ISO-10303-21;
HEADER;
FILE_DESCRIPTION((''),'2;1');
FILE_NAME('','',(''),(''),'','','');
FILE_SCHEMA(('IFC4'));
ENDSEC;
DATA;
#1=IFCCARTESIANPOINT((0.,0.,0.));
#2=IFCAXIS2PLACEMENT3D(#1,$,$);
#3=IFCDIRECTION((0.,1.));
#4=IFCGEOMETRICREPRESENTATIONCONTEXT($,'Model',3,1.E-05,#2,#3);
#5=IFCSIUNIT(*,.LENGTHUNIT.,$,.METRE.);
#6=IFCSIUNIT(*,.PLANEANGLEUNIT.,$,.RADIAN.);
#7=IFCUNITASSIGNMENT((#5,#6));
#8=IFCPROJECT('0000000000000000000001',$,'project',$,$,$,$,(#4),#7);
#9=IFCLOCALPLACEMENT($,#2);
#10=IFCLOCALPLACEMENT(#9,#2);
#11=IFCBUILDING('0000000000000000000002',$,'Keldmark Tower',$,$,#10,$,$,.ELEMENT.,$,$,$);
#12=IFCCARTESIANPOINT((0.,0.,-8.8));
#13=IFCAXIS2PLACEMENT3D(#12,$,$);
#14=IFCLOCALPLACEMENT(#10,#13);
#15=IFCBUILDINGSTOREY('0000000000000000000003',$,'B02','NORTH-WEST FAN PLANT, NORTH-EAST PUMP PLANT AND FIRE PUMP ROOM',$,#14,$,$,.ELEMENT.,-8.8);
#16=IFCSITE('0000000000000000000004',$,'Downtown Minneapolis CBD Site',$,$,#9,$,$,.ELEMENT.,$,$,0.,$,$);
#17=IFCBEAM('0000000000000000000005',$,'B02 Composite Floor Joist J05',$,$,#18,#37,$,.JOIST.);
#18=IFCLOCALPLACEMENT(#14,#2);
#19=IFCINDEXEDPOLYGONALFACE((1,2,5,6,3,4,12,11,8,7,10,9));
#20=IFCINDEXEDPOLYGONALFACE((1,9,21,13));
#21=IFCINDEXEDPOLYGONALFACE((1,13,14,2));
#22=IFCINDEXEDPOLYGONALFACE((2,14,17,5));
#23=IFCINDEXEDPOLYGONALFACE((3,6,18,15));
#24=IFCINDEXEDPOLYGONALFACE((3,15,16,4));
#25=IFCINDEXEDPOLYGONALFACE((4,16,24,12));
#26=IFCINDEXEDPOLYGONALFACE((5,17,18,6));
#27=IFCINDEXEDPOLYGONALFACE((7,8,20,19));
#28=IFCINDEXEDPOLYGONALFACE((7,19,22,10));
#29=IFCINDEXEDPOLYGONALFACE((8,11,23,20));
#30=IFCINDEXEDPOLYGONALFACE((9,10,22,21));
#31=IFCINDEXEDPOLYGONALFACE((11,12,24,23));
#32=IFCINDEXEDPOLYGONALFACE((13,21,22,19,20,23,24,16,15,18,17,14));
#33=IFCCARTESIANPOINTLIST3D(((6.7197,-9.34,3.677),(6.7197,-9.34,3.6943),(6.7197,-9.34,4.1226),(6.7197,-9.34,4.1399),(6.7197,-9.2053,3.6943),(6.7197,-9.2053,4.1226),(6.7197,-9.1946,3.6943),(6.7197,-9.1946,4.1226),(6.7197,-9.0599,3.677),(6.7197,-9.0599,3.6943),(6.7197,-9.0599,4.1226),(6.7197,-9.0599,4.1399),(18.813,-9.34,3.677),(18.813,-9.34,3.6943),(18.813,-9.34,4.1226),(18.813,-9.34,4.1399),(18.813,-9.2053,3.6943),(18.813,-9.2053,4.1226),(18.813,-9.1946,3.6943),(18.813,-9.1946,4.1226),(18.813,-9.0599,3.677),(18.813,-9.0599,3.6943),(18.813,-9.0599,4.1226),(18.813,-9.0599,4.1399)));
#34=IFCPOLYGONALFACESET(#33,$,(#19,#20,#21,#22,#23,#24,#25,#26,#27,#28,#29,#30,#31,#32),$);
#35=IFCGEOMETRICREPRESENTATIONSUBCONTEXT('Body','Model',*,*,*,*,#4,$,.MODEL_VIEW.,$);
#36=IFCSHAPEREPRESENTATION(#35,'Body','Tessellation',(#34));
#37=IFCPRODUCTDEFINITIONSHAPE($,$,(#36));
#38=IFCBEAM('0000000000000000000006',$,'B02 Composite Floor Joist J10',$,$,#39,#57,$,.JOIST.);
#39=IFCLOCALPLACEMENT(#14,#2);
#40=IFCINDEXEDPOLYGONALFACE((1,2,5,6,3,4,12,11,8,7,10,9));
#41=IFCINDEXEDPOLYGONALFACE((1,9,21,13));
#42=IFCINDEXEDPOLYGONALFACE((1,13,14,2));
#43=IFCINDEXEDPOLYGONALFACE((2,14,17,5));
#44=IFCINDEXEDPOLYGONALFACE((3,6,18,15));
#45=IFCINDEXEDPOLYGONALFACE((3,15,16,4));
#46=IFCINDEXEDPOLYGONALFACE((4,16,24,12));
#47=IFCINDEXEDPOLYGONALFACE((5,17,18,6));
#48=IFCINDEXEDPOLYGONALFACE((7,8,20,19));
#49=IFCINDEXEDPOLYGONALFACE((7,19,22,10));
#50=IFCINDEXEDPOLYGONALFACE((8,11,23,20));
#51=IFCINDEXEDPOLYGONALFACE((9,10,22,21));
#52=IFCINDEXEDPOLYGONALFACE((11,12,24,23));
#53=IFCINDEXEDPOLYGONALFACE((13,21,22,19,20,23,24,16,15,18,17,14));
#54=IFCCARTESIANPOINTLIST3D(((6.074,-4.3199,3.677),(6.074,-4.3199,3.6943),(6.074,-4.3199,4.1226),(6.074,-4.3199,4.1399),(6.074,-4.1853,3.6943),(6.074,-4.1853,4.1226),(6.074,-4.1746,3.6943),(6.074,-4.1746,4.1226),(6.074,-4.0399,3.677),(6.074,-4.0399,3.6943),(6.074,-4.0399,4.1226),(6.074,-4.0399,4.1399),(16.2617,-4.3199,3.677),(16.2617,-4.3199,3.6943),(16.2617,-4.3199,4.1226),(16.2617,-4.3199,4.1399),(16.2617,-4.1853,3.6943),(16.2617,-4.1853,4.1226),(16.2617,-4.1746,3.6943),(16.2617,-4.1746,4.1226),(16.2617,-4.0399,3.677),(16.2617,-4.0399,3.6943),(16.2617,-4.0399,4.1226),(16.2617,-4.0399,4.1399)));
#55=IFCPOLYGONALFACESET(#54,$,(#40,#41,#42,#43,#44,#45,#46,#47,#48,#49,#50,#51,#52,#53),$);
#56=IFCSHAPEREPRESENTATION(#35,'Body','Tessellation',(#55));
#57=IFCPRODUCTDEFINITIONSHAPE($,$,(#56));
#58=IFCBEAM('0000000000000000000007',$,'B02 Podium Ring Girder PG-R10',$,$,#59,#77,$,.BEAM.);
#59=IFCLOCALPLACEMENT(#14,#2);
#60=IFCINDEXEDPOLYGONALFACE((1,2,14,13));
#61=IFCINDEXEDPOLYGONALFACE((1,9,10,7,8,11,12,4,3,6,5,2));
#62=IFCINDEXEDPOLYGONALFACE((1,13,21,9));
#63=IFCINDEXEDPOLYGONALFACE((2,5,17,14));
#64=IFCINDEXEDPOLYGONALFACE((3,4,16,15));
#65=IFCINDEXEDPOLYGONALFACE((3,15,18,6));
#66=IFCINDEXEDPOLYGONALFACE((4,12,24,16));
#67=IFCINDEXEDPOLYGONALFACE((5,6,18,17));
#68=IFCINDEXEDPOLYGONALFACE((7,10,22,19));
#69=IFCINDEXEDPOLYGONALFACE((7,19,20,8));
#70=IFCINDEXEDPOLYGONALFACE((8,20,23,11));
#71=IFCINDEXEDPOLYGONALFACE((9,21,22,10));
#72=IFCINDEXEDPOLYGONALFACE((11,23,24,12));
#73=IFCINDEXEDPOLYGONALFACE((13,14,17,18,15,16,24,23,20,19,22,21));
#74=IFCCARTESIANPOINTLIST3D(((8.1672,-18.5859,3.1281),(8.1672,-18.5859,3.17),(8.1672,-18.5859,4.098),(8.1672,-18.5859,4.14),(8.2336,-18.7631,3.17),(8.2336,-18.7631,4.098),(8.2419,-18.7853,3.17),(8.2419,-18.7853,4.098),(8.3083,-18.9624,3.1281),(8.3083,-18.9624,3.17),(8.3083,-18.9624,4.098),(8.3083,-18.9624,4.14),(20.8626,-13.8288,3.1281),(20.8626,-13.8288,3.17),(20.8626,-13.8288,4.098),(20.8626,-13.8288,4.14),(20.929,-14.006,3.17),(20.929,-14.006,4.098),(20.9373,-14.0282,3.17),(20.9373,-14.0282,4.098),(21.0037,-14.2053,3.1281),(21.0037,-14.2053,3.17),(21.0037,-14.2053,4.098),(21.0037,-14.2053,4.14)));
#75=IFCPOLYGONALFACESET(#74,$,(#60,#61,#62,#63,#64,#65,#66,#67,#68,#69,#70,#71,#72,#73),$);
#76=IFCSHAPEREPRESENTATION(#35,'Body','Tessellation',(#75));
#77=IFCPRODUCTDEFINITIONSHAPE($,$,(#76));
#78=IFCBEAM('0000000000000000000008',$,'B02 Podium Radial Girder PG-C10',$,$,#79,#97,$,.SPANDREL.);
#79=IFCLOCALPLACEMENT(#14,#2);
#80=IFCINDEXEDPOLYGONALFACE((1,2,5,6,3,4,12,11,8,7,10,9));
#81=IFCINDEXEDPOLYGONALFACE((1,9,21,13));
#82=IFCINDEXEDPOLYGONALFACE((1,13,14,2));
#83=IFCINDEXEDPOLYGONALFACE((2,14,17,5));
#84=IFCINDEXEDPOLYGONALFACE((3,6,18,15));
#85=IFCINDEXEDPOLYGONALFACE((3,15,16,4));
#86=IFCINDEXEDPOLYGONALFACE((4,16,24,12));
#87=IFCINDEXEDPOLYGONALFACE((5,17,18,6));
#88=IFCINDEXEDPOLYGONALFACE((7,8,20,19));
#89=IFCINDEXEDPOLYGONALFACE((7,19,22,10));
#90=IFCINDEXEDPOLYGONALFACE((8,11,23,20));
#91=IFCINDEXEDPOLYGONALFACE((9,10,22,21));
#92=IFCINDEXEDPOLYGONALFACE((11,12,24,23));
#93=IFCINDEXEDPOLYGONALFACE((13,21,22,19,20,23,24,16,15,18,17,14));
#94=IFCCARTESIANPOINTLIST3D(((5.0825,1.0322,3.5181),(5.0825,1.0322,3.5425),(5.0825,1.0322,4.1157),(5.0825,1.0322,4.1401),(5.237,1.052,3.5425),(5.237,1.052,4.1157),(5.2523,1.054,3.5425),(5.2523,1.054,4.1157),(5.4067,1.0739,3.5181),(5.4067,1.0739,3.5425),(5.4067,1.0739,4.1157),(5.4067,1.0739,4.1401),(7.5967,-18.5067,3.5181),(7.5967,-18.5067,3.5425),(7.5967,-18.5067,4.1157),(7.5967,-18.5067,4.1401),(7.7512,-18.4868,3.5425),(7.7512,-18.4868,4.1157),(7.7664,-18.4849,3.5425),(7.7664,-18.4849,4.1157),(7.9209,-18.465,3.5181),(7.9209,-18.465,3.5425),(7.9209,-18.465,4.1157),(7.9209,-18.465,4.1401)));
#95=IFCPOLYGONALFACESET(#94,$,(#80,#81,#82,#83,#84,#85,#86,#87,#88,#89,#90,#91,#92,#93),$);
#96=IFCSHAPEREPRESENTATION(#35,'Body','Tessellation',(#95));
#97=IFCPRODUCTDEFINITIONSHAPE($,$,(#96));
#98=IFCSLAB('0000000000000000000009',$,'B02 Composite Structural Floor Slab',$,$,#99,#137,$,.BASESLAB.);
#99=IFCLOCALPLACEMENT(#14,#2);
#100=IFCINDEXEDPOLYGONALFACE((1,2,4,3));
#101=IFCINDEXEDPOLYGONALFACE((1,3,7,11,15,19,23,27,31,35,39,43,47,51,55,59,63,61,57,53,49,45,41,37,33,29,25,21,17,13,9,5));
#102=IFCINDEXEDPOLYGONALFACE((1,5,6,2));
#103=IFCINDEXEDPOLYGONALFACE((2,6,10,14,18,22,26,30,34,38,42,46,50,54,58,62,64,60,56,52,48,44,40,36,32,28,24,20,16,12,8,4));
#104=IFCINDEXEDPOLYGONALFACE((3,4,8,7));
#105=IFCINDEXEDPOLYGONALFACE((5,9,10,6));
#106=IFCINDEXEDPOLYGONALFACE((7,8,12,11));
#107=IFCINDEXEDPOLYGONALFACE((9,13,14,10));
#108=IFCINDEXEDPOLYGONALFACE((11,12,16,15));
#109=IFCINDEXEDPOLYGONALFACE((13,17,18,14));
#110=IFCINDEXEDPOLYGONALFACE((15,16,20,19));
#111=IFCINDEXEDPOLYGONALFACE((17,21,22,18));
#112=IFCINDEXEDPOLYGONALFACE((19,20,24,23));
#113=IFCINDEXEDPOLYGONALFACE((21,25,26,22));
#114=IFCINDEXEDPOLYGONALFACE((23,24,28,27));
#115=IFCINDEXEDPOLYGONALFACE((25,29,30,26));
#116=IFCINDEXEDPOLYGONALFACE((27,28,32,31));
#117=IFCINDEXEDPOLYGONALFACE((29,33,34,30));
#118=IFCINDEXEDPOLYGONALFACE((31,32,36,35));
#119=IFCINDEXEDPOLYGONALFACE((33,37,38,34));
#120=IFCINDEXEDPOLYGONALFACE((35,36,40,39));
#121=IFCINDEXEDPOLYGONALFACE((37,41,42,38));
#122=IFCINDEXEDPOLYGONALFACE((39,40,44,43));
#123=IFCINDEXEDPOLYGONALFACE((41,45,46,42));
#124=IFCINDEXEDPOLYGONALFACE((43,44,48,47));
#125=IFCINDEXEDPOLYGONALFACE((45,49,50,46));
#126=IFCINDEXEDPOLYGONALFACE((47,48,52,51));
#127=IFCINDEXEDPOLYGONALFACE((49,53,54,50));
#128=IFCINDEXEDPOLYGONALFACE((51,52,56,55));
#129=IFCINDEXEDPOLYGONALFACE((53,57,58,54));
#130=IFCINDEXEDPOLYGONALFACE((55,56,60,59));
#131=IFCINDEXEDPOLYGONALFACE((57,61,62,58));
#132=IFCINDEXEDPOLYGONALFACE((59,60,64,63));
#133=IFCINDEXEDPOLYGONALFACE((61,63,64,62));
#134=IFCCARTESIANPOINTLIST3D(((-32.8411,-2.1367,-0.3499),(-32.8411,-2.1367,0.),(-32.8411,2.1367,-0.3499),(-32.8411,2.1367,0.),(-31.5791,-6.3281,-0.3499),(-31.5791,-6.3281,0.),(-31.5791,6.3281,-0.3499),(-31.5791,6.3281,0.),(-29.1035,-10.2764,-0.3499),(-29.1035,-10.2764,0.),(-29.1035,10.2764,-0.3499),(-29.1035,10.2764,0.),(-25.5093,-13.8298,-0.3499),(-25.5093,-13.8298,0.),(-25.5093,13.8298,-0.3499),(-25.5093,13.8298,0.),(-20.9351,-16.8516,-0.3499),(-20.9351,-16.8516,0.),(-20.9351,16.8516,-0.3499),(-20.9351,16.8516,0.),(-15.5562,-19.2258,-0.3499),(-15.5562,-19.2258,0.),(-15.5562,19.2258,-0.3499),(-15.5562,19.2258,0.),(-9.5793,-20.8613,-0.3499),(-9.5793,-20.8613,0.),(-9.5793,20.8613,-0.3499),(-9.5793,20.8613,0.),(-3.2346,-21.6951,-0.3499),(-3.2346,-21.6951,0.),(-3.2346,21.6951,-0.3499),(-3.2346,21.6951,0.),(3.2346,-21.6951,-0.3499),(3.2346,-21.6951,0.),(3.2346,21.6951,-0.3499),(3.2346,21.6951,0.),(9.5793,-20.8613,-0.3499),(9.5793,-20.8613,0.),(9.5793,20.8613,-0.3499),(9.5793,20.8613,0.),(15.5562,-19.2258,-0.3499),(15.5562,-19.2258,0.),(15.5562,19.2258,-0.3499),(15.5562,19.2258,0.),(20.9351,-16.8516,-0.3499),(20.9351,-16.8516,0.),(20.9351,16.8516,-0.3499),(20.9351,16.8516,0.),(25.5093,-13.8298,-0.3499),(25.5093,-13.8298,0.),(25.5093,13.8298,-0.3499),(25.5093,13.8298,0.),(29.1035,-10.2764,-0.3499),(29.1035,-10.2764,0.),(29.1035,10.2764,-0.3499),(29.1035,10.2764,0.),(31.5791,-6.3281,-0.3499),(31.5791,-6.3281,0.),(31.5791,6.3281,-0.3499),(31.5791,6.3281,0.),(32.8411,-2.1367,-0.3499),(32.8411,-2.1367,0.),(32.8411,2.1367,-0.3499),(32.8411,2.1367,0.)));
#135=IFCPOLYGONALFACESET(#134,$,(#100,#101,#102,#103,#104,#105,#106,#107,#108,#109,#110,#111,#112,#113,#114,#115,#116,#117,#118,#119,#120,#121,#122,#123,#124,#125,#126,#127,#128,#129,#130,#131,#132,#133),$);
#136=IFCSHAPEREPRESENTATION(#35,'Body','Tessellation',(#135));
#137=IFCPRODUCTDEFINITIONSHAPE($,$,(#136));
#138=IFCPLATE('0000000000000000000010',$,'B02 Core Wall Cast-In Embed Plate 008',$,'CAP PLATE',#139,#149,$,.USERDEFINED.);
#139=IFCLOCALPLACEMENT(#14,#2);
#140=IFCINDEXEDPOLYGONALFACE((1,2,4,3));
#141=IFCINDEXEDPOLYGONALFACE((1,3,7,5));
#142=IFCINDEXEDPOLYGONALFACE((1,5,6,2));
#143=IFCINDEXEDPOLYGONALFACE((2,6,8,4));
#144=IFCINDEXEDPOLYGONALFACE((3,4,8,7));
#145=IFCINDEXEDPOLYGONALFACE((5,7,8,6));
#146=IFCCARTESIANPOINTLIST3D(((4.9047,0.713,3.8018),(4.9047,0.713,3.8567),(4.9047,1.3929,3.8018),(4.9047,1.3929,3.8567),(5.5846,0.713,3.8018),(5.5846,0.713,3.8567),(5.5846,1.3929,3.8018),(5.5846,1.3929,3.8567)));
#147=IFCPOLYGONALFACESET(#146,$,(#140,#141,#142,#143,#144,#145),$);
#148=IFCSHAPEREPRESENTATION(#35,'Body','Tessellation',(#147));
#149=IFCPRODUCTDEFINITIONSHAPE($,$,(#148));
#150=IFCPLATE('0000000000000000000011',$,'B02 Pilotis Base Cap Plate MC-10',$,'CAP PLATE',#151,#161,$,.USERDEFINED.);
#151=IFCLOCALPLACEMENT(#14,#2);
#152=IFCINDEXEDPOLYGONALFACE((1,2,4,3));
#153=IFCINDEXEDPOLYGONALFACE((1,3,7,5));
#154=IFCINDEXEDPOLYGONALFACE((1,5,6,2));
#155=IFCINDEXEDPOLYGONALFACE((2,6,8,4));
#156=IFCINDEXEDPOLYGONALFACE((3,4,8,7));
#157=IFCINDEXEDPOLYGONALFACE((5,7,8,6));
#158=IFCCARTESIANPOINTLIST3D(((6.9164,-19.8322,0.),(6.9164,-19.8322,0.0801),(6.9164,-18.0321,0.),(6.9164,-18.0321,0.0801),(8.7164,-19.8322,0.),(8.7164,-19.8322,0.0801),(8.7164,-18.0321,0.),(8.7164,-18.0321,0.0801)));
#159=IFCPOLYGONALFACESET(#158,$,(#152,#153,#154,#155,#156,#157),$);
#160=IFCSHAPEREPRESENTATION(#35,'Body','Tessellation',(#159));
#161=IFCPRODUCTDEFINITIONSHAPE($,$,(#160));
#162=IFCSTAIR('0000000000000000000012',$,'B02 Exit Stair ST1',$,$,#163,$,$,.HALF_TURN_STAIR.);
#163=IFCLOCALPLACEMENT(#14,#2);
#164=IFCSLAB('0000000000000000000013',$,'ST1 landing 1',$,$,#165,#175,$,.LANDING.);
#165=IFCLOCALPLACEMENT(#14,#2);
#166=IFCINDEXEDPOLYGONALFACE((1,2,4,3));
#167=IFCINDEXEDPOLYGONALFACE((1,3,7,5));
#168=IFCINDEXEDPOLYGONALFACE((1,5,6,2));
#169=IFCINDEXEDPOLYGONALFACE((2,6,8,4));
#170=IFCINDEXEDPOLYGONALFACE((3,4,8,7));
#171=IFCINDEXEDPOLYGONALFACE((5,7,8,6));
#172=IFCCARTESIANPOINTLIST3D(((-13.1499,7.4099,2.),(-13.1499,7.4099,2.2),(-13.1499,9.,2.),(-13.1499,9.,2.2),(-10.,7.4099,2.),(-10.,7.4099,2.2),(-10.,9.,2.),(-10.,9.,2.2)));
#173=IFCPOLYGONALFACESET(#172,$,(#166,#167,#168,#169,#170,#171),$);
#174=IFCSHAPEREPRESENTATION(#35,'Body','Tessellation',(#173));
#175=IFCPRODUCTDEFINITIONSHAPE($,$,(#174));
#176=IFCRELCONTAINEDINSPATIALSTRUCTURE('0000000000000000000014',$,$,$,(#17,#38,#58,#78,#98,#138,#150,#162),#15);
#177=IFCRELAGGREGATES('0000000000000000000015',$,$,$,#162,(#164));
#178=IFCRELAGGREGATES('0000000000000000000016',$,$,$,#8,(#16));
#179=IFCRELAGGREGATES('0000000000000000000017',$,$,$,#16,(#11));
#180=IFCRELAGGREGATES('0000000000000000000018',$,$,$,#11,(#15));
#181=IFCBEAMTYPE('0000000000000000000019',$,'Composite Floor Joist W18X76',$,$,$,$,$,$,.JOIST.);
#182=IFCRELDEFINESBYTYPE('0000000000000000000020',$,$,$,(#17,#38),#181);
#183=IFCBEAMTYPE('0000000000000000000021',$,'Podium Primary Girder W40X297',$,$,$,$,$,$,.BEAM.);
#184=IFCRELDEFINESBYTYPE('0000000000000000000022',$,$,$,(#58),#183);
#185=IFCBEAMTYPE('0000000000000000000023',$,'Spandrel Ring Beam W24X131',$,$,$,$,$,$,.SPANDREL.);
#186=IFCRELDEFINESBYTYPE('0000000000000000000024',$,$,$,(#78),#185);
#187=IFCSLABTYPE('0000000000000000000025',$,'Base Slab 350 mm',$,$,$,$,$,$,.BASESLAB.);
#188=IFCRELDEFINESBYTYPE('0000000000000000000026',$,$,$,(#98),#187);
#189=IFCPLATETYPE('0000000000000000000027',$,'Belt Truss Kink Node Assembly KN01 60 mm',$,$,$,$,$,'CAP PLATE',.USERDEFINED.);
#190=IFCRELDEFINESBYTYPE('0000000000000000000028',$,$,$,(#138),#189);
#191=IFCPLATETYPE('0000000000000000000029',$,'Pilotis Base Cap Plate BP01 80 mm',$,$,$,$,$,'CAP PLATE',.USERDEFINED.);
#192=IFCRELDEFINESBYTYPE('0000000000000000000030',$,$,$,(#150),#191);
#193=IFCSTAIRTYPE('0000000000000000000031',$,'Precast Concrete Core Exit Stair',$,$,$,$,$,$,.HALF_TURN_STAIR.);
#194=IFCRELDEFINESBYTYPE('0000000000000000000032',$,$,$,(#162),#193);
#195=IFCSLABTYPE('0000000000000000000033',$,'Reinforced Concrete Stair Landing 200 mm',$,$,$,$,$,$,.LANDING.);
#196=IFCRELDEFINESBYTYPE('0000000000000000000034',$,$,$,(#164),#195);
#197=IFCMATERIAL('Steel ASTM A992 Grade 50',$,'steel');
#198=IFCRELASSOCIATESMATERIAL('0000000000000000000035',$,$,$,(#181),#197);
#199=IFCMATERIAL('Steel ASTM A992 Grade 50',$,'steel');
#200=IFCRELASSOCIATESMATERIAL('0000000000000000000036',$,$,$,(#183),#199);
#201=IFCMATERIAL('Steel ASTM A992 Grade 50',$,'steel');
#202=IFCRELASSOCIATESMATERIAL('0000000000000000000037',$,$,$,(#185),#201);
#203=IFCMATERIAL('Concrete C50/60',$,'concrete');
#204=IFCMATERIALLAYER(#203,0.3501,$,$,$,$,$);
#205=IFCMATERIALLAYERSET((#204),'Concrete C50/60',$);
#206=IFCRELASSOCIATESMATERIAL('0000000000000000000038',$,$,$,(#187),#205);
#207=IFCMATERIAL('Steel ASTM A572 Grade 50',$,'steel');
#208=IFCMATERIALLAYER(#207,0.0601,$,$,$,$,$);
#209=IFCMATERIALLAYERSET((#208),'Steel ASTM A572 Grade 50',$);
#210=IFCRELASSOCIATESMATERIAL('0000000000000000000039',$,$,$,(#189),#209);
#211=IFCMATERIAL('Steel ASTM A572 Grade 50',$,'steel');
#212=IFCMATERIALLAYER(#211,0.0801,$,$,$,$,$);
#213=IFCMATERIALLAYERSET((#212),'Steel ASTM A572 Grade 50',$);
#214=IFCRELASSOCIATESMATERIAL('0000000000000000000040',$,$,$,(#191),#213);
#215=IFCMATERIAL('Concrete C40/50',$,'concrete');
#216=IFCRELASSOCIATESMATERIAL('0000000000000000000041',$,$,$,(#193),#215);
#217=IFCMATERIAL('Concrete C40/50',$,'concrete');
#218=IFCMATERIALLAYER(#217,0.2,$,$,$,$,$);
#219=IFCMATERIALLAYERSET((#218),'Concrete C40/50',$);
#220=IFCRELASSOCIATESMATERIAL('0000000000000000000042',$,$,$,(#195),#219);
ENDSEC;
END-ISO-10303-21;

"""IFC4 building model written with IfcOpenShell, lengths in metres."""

from ifc_helpers import new_model, si_unit, direction, frame, origin, origin_2d, place, context, subcontext, project, spatial, polyline, rectangle, i_section, outline, extrude, material, layer, layer_set, material_profile, profile_set, type_object, element, aggregate, save


model = new_model("IFC4")

# Units and contexts
model_context = context("Model", 3, precision=1e-05, world=origin(), true_north=direction((0.0, 1.0)))
body_context = subcontext(model_context, "Body", "Model", "MODEL_VIEW")
ifc_project = project(units=[si_unit("LENGTHUNIT", "METRE"), si_unit("PLANEANGLEUNIT", "RADIAN")], contexts=[model_context])

# Site, building, storey
site_placement = place(None, origin())
site = spatial("IfcSite", under=ifc_project, at=site_placement, Name="Downtown Minneapolis CBD Site", CompositionType="ELEMENT", RefElevation=0.0)
building_placement = place(site_placement, origin())
building = spatial("IfcBuilding", under=site, at=building_placement, Name="Keldmark Tower", CompositionType="ELEMENT")
storey_placement = place(building_placement, frame((0.0, 0.0, -8.8)))
storey = spatial("IfcBuildingStorey", under=building, at=storey_placement, Name="B02", Description="NORTH-WEST FAN PLANT, NORTH-EAST PUMP PLANT AND FIRE PUMP ROOM", CompositionType="ELEMENT", Elevation=-8.8)

# Beams
ifc_material_1 = material(Name="Steel ASTM A992 Grade 50", Category="steel")
ifc_material_profile_1 = material_profile(ifc_material_1, i_section(OverallWidth=0.28, OverallDepth=0.4629, WebThickness=0.0107, FlangeThickness=0.0173, at=origin_2d()), Name="W18X76")
ifc_profile_set_1 = profile_set([ifc_material_profile_1], Name="Steel ASTM A992 Grade 50")
beam_type_1 = type_object("IfcBeamType", Name="Composite Floor Joist W18X76", PredefinedType="JOIST", material=ifc_profile_set_1)
beam_1_placement = place(storey_placement, frame((6.7197, -9.2, 3.9084), z_axis=(1.0, 0.0, 0.0), x_axis=(0.0, 1.0, 0.0)))
element("IfcBeam", 1, at=beam_1_placement, inside=storey, type_object=beam_type_1, Name="B02 Composite Floor Joist J05", PredefinedType="JOIST", context=body_context, shape_type="SweptSolid", body=[
    extrude(i_section(OverallWidth=0.28, OverallDepth=0.4629, WebThickness=0.0107, FlangeThickness=0.0173, at=origin_2d()), origin(), (0.0, 0.0, 1.0), 12.0933),
])
beam_2_placement = place(storey_placement, frame((6.074, -4.1799, 3.9084), z_axis=(1.0, 0.0, 0.0), x_axis=(0.0, 1.0, 0.0)))
element("IfcBeam", 2, at=beam_2_placement, inside=storey, type_object=beam_type_1, Name="B02 Composite Floor Joist J10", PredefinedType="JOIST", context=body_context, shape_type="SweptSolid", body=[
    extrude(i_section(OverallWidth=0.28, OverallDepth=0.4629, WebThickness=0.0107, FlangeThickness=0.0173, at=origin_2d()), origin(), (0.0, 0.0, 1.0), 10.1877),
])
ifc_material_2 = material(Name="Steel ASTM A992 Grade 50", Category="steel")
ifc_material_profile_2 = material_profile(ifc_material_2, i_section(OverallWidth=0.4021, OverallDepth=1.012, WebThickness=0.0237, FlangeThickness=0.042, at=origin_2d()), Name="W40X297")
ifc_profile_set_2 = profile_set([ifc_material_profile_2], Name="Steel ASTM A992 Grade 50")
beam_type_2 = type_object("IfcBeamType", Name="Podium Primary Girder W40X297", PredefinedType="BEAM", material=ifc_profile_set_2)
beam_3_placement = place(storey_placement, frame((8.2378, -18.7742, 3.634), z_axis=(0.936418, 0.350887, 0.0), x_axis=(-0.350887, 0.936418, 0.0)))
element("IfcBeam", 3, at=beam_3_placement, inside=storey, type_object=beam_type_2, Name="B02 Podium Ring Girder PG-R10", PredefinedType="BEAM", context=body_context, shape_type="SweptSolid", body=[
    extrude(i_section(OverallWidth=0.4021, OverallDepth=1.012, WebThickness=0.0237, FlangeThickness=0.042, at=origin_2d()), origin(), (0.0, 0.0, 1.0), 13.5574),
])
ifc_material_3 = material(Name="Steel ASTM A992 Grade 50", Category="steel")
ifc_material_profile_3 = material_profile(ifc_material_3, i_section(OverallWidth=0.3269, OverallDepth=0.6221, WebThickness=0.0154, FlangeThickness=0.0244, at=origin_2d()), Name="W24X131")
ifc_profile_set_3 = profile_set([ifc_material_profile_3], Name="Steel ASTM A992 Grade 50")
beam_type_3 = type_object("IfcBeamType", Name="Spandrel Ring Beam W24X131", PredefinedType="SPANDREL", material=ifc_profile_set_3)
beam_4_placement = place(storey_placement, frame((7.7588, -18.4858, 3.8291), z_axis=(-0.127623, 0.991823, 0.0), x_axis=(-0.991823, -0.127623, 0.0)))
element("IfcBeam", 4, at=beam_4_placement, inside=storey, type_object=beam_type_3, Name="B02 Podium Radial Girder PG-C10", PredefinedType="SPANDREL", context=body_context, shape_type="SweptSolid", body=[
    extrude(i_section(OverallWidth=0.3269, OverallDepth=0.6221, WebThickness=0.0154, FlangeThickness=0.0244, at=origin_2d()), origin(), (0.0, 0.0, 1.0), 19.7),
])

# Slab
ifc_material_4 = material(Name="Concrete C50/60", Category="concrete")
ifc_layer_1 = layer(ifc_material_4, 0.3501)
ifc_layer_set_1 = layer_set([ifc_layer_1], Name="Concrete C50/60")
slab_type_1 = type_object("IfcSlabType", Name="Base Slab 350 mm", PredefinedType="BASESLAB", material=ifc_layer_set_1)
slab_1_placement = place(storey_placement, frame((0.0, 0.0, -0.3499)))
element("IfcSlab", 5, at=slab_1_placement, inside=storey, type_object=slab_type_1, Name="B02 Composite Structural Floor Slab", PredefinedType="BASESLAB", context=body_context, shape_type="SweptSolid", body=[
    extrude(outline(polyline([(32.8411, 2.1367), (31.5791, 6.3281), (29.1035, 10.2764), (25.5093, 13.8298), (20.9351, 16.8516), (15.5562, 19.2258), (9.5793, 20.8613), (3.2346, 21.6951), (-3.2346, 21.6951), (-9.5793, 20.8613), (-15.5562, 19.2258), (-20.9351, 16.8516), (-25.5093, 13.8298), (-29.1035, 10.2764), (-31.5791, 6.3281), (-32.8411, 2.1367), (-32.8411, -2.1367), (-31.5791, -6.3281), (-29.1035, -10.2764), (-25.5093, -13.8298), (-20.9351, -16.8516), (-15.5562, -19.2258), (-9.5793, -20.8613), (-3.2346, -21.6951), (3.2346, -21.6951), (9.5793, -20.8613), (15.5562, -19.2258), (20.9351, -16.8516), (25.5093, -13.8298), (29.1035, -10.2764), (31.5791, -6.3281), (32.8411, -2.1367), (32.8411, 2.1367)])), origin(), (0.0, 0.0, 1.0), 0.3499),
])

# Plates
ifc_material_5 = material(Name="Steel ASTM A572 Grade 50", Category="steel")
ifc_layer_2 = layer(ifc_material_5, 0.0601)
ifc_layer_set_2 = layer_set([ifc_layer_2], Name="Steel ASTM A572 Grade 50")
plate_type_1 = type_object("IfcPlateType", Name="Belt Truss Kink Node Assembly KN01 60 mm", ElementType="CAP PLATE", PredefinedType="USERDEFINED", material=ifc_layer_set_2)
plate_1_placement = place(storey_placement, frame((5.2446, 1.053, 3.8018), z_axis=(0.0, 0.0, 1.0), x_axis=(1.0, 0.0, 0.0)))
element("IfcPlate", 6, at=plate_1_placement, inside=storey, type_object=plate_type_1, Name="B02 Core Wall Cast-In Embed Plate 008", ObjectType="CAP PLATE", PredefinedType="USERDEFINED", context=body_context, shape_type="SweptSolid", body=[
    extrude(rectangle(XDim=0.6799, YDim=0.6799, at=origin_2d()), origin(), (0.0, 0.0, 1.0), 0.0549),
])
ifc_material_6 = material(Name="Steel ASTM A572 Grade 50", Category="steel")
ifc_layer_3 = layer(ifc_material_6, 0.0801)
ifc_layer_set_3 = layer_set([ifc_layer_3], Name="Steel ASTM A572 Grade 50")
plate_type_2 = type_object("IfcPlateType", Name="Pilotis Base Cap Plate BP01 80 mm", ElementType="CAP PLATE", PredefinedType="USERDEFINED", material=ifc_layer_set_3)
plate_2_placement = place(storey_placement, frame((7.8164, -18.9321, 0.0), z_axis=(0.0, 0.0, 1.0), x_axis=(1.0, 0.0, 0.0)))
element("IfcPlate", 7, at=plate_2_placement, inside=storey, type_object=plate_type_2, Name="B02 Pilotis Base Cap Plate MC-10", ObjectType="CAP PLATE", PredefinedType="USERDEFINED", context=body_context, shape_type="SweptSolid", body=[
    extrude(rectangle(XDim=1.8, YDim=1.8, at=origin_2d()), origin(), (0.0, 0.0, 1.0), 0.0801),
])

# Stair, slab
ifc_material_7 = material(Name="Concrete C40/50", Category="concrete")
stair_type = type_object("IfcStairType", Name="Precast Concrete Core Exit Stair", PredefinedType="HALF_TURN_STAIR", material=ifc_material_7)
stair_1_placement = place(storey_placement, origin())
stair_1 = element("IfcStair", 8, at=stair_1_placement, inside=storey, type_object=stair_type, Name="B02 Exit Stair ST1", PredefinedType="HALF_TURN_STAIR")
ifc_material_8 = material(Name="Concrete C40/50", Category="concrete")
ifc_layer_4 = layer(ifc_material_8, 0.2)
ifc_layer_set_4 = layer_set([ifc_layer_4], Name="Concrete C40/50")
slab_type_2 = type_object("IfcSlabType", Name="Reinforced Concrete Stair Landing 200 mm", PredefinedType="LANDING", material=ifc_layer_set_4)
slab_2_placement = place(storey_placement, frame((0.0, 0.0, 2.0)))
slab_2 = element("IfcSlab", 9, at=slab_2_placement, type_object=slab_type_2, Name="ST1 landing 1", PredefinedType="LANDING", context=body_context, shape_type="SweptSolid", body=[
    extrude(outline(polyline([(-10.0, 7.4099), (-10.0, 9.0), (-13.1499, 9.0), (-13.1499, 7.4099), (-10.0, 7.4099)])), origin(), (0.0, 0.0, 1.0), 0.2),
])
aggregate(stair_1, [slab_2])

save(model, "model.ifc")
